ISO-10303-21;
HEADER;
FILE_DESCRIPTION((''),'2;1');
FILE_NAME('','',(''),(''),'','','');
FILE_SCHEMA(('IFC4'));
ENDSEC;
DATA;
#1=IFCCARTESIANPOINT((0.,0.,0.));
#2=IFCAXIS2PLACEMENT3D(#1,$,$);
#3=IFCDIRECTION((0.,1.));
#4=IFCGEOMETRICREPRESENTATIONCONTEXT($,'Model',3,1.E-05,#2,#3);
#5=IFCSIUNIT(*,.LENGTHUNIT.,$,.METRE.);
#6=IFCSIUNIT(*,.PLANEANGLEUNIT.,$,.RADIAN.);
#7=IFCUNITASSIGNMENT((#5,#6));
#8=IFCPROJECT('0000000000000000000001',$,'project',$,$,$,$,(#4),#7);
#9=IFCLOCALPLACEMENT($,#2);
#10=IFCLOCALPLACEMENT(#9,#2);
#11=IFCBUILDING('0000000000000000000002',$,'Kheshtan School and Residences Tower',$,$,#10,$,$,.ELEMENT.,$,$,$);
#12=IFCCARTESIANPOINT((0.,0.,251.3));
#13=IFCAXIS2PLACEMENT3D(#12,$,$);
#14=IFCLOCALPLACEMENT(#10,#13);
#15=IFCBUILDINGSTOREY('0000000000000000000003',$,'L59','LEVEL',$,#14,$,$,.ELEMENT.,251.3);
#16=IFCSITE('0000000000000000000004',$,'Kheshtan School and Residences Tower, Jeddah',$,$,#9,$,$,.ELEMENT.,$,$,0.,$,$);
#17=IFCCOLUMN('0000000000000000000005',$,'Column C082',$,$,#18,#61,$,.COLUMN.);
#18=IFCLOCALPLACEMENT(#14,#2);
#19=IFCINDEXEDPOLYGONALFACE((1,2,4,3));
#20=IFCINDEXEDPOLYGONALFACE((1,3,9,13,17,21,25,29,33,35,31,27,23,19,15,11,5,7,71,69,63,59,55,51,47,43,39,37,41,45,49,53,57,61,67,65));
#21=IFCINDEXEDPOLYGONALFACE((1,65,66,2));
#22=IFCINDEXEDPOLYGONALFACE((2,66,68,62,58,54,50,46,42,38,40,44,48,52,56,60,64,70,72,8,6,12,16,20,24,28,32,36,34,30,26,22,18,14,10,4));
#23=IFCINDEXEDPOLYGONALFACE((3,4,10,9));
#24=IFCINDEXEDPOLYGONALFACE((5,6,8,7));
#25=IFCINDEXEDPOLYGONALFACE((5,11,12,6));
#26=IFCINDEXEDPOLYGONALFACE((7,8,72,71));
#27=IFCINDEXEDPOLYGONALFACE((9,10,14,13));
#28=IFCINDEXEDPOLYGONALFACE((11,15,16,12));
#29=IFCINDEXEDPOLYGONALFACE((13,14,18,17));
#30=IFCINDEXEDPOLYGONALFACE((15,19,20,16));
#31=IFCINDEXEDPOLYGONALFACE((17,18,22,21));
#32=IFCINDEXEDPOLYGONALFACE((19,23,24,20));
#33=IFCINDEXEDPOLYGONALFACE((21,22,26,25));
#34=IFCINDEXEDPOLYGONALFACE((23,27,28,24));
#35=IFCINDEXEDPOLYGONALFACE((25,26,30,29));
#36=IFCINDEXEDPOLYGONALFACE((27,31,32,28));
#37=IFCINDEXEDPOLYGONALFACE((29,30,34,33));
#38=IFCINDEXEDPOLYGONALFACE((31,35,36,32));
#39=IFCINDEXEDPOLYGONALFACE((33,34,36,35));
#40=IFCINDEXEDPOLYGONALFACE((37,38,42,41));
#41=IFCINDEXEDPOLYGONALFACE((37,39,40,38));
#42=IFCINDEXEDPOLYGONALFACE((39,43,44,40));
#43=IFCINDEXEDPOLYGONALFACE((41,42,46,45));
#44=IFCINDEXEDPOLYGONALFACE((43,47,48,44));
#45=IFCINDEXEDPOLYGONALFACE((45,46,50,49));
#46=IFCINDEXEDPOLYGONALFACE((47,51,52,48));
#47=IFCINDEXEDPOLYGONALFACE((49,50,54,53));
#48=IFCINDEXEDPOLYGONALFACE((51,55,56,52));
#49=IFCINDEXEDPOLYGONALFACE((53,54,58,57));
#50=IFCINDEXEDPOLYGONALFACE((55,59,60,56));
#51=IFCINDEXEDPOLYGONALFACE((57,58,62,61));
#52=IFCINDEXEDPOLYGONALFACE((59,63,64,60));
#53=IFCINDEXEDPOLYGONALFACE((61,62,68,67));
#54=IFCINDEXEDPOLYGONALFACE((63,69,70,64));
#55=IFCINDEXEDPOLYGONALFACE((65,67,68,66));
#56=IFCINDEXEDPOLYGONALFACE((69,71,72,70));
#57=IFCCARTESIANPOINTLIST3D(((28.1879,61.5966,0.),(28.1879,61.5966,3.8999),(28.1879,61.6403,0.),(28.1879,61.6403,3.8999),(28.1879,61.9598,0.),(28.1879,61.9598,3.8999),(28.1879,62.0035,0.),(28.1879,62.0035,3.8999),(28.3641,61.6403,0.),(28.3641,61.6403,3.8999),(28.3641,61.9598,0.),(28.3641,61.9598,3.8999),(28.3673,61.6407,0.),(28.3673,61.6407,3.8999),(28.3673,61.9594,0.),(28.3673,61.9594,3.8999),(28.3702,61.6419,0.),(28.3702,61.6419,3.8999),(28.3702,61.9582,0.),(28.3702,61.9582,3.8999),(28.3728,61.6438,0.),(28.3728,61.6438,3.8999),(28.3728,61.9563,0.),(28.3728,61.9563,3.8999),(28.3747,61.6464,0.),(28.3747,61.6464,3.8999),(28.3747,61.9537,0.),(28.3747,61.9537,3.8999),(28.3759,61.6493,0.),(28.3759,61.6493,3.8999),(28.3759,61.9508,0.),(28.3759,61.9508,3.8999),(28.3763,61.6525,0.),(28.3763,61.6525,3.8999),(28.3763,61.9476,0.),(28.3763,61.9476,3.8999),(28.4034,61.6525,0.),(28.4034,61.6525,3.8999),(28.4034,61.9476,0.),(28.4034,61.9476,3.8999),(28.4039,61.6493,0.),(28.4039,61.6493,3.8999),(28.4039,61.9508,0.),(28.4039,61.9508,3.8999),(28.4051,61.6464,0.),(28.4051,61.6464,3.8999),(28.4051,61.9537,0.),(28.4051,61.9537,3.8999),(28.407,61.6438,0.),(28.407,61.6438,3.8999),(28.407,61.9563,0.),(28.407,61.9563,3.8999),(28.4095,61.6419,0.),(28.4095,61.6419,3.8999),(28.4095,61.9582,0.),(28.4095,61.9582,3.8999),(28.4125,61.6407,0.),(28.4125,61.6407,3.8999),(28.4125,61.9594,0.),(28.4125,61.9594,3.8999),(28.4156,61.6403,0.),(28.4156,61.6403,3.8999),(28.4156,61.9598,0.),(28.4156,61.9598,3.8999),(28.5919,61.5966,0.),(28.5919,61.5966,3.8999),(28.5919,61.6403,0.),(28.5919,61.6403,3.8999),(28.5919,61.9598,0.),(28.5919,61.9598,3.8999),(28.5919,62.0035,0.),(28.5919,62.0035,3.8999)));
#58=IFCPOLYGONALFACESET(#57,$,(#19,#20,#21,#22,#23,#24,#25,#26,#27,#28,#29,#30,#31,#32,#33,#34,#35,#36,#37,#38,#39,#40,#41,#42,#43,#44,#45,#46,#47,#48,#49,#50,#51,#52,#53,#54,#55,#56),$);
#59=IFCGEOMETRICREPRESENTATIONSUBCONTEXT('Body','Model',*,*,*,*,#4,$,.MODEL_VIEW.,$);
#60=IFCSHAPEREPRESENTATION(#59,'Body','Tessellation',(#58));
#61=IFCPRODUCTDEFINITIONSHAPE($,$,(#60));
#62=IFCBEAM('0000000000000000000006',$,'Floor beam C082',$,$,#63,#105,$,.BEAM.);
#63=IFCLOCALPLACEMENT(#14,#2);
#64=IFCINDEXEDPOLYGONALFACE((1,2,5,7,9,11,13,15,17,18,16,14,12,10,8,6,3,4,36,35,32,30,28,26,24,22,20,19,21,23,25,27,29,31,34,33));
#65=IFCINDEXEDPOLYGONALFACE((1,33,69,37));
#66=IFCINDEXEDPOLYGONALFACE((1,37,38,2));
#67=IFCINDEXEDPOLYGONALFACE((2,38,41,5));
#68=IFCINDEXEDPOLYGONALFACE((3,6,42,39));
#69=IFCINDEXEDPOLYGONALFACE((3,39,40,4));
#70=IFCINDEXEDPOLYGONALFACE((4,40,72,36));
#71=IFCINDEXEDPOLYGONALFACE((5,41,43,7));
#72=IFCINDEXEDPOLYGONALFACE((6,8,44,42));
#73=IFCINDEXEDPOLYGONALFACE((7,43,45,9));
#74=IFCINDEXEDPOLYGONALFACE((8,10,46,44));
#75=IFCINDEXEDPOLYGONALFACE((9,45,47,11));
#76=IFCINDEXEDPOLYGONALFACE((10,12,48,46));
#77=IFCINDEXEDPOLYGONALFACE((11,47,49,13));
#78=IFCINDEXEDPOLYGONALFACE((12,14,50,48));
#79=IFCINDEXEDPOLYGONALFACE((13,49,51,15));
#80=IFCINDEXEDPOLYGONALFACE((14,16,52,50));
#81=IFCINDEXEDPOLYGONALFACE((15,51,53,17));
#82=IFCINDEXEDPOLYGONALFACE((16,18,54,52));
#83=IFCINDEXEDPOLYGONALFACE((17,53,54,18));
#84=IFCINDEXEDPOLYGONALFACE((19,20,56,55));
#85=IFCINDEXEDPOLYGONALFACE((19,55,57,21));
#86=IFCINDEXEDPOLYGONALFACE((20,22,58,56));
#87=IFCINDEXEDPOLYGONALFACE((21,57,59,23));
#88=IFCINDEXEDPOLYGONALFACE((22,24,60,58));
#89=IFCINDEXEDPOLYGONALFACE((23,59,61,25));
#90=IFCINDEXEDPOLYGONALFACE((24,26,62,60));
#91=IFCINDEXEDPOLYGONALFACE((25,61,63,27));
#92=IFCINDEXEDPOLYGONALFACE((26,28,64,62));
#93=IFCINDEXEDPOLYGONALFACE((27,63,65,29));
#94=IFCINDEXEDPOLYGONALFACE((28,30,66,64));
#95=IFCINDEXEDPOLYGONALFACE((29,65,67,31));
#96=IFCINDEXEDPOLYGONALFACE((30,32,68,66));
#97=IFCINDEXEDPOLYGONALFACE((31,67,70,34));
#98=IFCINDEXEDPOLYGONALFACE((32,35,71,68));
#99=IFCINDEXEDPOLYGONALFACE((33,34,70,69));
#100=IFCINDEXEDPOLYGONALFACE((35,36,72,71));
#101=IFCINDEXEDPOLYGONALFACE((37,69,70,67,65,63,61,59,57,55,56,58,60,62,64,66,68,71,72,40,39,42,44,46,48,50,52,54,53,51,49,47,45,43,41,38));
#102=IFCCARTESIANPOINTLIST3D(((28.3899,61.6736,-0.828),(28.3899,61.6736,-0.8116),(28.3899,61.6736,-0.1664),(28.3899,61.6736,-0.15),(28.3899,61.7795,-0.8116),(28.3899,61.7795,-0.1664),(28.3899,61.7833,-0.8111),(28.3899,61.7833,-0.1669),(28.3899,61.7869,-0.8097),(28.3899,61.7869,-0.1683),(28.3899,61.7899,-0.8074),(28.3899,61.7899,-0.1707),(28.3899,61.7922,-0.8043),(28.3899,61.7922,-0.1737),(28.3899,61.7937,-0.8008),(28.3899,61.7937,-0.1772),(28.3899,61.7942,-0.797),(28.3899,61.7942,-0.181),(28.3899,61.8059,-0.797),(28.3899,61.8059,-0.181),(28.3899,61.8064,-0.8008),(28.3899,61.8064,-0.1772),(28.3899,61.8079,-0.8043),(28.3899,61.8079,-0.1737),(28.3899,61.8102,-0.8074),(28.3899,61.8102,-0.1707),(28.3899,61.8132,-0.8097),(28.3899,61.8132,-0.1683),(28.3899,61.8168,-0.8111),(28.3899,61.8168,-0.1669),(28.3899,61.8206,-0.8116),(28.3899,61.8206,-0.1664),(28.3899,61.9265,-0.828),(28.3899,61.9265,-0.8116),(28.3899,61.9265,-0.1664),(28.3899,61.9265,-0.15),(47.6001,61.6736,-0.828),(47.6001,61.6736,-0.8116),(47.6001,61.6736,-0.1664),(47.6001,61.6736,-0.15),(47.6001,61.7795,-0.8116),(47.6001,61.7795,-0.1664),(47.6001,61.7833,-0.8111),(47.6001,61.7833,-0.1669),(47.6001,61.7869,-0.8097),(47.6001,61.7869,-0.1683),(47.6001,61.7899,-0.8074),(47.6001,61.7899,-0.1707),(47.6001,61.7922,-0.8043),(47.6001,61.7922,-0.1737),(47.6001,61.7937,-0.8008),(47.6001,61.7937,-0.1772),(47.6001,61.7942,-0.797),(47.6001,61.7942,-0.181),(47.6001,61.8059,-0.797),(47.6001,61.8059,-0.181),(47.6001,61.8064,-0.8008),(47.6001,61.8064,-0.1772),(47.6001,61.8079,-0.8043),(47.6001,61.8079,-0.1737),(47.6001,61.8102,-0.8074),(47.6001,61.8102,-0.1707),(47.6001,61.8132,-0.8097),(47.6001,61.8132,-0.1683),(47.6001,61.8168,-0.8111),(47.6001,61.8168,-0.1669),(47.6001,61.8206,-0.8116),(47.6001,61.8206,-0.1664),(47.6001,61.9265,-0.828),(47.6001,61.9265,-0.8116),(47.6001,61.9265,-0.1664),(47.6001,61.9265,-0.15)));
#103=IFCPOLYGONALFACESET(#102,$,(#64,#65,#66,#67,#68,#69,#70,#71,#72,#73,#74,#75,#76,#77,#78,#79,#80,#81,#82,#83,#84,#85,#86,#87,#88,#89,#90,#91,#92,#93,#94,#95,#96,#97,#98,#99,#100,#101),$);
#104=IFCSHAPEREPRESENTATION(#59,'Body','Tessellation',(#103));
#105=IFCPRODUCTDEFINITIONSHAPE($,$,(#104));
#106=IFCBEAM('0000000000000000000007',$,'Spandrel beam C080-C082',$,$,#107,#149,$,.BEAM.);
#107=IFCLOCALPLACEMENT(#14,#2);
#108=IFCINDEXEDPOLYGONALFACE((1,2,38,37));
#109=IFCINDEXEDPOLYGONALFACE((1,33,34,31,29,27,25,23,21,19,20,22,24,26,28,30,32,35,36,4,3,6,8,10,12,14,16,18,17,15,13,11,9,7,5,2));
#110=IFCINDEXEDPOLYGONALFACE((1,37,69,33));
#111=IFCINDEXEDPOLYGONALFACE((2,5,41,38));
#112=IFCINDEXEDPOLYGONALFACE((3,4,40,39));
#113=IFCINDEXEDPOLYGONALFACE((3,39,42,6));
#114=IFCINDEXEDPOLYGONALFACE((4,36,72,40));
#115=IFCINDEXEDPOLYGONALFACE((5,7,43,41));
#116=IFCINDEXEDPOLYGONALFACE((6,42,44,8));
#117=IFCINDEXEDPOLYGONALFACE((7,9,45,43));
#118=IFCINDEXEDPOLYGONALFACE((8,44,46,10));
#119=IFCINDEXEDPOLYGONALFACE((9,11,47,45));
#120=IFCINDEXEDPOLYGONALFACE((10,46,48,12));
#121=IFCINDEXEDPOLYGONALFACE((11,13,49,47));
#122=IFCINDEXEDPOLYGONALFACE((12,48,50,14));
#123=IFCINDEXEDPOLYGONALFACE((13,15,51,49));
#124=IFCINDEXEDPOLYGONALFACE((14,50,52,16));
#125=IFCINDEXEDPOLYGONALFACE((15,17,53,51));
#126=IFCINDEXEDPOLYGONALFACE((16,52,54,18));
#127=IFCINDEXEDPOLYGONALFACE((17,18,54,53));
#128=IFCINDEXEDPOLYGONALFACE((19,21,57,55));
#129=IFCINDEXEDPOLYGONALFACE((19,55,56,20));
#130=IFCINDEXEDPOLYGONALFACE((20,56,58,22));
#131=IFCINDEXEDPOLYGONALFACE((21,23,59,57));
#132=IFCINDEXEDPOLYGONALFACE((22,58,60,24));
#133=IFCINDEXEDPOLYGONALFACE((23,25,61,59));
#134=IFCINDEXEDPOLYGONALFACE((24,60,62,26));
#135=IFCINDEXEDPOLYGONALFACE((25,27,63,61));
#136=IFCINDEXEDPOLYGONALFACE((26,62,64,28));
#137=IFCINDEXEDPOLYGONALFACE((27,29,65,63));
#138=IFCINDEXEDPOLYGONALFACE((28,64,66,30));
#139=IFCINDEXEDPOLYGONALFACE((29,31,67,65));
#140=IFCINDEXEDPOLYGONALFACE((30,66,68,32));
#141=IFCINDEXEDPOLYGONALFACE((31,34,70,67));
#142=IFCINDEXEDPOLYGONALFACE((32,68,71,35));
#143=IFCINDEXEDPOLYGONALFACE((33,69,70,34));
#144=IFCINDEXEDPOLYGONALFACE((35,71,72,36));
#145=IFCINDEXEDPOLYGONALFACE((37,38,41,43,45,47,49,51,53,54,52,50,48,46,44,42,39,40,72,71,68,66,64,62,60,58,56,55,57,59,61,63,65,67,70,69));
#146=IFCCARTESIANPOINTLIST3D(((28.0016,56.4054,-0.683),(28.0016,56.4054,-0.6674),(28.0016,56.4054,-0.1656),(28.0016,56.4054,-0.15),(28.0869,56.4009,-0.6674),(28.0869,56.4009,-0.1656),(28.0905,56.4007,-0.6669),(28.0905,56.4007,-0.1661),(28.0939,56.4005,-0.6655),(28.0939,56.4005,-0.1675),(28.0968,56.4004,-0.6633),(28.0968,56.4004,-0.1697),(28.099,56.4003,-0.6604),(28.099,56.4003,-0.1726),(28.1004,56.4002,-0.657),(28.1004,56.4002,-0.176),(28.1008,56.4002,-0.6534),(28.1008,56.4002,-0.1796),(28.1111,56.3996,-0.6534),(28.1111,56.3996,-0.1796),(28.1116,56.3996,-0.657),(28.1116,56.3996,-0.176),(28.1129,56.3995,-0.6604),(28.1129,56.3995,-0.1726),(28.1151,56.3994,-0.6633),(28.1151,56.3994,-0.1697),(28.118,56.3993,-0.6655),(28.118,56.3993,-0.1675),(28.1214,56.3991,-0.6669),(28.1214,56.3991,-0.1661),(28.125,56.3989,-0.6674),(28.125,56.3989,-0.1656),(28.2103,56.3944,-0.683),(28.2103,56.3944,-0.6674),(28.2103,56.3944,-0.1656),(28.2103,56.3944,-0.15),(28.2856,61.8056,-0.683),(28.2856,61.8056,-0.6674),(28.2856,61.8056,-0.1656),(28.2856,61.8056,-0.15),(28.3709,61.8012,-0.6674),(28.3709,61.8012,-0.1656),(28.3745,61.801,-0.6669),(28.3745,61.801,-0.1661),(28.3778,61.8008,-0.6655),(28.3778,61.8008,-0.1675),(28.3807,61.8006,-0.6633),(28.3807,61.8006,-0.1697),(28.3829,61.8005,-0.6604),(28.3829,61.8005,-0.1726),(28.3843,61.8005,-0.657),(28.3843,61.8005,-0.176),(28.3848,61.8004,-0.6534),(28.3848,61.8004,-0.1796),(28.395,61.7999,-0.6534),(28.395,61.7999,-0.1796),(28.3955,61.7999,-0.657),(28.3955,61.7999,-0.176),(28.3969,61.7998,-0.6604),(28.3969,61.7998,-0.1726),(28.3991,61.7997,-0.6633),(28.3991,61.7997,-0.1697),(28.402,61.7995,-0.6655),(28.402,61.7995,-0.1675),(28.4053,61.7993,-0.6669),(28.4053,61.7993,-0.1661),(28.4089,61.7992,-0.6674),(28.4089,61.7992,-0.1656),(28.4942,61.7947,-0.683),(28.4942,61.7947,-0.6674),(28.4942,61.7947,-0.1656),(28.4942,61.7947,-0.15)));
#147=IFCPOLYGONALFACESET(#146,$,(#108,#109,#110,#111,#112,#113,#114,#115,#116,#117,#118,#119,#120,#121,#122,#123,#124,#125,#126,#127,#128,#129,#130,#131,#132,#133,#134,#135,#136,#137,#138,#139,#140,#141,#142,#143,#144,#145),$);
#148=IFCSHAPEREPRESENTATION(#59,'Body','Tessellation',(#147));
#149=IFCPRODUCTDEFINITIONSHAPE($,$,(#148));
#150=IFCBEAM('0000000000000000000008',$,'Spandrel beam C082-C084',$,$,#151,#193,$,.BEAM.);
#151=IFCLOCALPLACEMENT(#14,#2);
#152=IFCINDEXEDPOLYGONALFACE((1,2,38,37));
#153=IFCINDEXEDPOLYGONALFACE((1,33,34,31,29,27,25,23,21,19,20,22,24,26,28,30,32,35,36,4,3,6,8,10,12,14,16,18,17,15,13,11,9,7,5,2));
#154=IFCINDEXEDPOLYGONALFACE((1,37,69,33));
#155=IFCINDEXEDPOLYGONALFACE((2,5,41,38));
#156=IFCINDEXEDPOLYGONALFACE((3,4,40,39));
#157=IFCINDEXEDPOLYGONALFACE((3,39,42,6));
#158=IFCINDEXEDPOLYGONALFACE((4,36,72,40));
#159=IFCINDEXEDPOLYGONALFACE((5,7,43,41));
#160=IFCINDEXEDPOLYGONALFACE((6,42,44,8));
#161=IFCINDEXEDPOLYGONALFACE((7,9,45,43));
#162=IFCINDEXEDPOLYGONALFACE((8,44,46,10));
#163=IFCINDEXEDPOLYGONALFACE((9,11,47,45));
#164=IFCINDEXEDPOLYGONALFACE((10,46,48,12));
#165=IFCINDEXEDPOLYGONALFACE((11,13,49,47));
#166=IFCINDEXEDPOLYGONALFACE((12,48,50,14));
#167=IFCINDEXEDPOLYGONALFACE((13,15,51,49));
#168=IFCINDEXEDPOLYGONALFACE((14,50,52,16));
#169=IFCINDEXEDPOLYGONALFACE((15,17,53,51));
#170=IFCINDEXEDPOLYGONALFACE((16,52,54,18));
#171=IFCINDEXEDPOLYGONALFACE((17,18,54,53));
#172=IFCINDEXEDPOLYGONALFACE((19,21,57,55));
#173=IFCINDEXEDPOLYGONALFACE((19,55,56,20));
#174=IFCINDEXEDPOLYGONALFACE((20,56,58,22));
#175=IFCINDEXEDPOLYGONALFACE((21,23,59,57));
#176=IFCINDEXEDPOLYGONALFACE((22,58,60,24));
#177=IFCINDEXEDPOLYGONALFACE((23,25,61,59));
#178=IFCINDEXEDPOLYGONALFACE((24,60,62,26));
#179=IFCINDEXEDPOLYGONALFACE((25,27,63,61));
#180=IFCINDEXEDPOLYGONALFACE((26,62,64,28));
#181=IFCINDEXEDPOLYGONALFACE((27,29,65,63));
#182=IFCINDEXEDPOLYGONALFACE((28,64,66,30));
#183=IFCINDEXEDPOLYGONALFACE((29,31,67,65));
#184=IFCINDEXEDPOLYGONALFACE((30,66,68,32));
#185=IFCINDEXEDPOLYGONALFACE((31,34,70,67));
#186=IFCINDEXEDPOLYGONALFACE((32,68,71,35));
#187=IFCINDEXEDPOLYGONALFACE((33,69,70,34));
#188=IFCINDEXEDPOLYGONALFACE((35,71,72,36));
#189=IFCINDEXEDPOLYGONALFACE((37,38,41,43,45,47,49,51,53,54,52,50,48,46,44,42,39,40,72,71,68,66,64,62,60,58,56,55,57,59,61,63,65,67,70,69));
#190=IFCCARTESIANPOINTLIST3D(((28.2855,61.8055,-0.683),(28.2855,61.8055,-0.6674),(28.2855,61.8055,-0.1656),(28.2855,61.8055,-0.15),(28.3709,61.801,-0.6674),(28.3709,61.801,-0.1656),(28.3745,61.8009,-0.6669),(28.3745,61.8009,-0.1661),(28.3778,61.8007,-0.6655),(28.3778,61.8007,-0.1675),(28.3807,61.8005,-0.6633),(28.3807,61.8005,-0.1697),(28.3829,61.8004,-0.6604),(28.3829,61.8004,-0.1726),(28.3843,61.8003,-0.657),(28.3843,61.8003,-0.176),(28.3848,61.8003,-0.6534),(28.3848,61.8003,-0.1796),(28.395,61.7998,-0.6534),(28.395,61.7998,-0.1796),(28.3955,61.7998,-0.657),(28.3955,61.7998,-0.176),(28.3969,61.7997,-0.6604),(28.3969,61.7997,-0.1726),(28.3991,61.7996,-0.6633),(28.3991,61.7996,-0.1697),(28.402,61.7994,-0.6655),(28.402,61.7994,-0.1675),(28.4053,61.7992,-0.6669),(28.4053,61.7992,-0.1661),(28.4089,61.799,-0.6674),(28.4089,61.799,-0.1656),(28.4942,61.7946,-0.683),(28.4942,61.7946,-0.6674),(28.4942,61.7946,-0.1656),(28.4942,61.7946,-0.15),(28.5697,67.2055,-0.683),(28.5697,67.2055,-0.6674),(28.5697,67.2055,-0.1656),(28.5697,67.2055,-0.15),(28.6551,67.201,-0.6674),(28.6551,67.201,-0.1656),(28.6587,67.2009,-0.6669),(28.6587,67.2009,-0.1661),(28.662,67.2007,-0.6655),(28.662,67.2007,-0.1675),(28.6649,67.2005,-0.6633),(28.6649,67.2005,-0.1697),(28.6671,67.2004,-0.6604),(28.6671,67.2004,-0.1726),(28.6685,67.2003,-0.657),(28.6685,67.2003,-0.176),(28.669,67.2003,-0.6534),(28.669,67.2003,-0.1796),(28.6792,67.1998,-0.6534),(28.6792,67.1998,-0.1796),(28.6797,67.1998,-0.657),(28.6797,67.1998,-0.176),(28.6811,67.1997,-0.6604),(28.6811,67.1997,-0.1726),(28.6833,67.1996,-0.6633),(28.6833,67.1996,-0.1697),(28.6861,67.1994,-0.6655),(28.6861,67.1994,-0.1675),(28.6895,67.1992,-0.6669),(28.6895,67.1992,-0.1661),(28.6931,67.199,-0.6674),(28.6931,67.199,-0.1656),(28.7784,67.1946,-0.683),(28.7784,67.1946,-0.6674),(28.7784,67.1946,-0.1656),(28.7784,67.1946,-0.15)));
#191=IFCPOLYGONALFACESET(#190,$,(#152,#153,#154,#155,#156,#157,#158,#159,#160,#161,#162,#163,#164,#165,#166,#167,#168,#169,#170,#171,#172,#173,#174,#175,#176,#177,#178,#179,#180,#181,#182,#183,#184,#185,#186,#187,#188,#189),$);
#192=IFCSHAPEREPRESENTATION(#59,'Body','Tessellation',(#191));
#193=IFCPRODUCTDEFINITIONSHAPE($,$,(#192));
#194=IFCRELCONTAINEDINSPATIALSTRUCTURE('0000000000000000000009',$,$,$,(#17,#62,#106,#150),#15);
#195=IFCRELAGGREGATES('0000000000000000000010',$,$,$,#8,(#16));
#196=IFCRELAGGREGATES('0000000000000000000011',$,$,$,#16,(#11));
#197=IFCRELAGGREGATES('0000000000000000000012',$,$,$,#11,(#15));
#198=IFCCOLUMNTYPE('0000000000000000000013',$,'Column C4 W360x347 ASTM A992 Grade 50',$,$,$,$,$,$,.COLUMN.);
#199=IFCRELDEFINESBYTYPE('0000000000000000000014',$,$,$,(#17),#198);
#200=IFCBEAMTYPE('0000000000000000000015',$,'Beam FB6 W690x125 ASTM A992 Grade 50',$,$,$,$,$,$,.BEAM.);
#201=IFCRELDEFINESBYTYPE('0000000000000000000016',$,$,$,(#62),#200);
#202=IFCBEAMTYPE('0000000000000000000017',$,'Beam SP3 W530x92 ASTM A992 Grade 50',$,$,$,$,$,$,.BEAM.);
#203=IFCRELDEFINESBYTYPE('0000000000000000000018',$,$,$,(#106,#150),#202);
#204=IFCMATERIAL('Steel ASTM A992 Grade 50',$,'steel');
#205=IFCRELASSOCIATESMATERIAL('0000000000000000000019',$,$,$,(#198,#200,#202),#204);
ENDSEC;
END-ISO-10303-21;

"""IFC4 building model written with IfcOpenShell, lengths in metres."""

from ifc_helpers import new_model, si_unit, direction, frame, origin, origin_2d, place, context, subcontext, project, spatial, i_section, extrude, material, material_profile, profile_set, type_object, element, save


model = new_model("IFC4")

# Units and contexts
model_context = context("Model", 3, precision=1e-05, world=origin(), true_north=direction((0.0, 1.0)))
body_context = subcontext(model_context, "Body", "Model", "MODEL_VIEW")
ifc_project = project(units=[si_unit("LENGTHUNIT", "METRE"), si_unit("PLANEANGLEUNIT", "RADIAN")], contexts=[model_context])

# Site, building, storey
site_placement = place(None, origin())
site = spatial("IfcSite", under=ifc_project, at=site_placement, Name="Kheshtan School and Residences Tower, Jeddah", CompositionType="ELEMENT", RefElevation=0.0)
building_placement = place(site_placement, origin())
building = spatial("IfcBuilding", under=site, at=building_placement, Name="Kheshtan School and Residences Tower", CompositionType="ELEMENT")
storey_placement = place(building_placement, frame((0.0, 0.0, 251.3)))
storey = spatial("IfcBuildingStorey", under=building, at=storey_placement, Name="L59", Description="LEVEL", CompositionType="ELEMENT", Elevation=251.3)

# Column
ifc_material_1 = material(Name="Steel ASTM A992 Grade 50", Category="steel")
ifc_material_profile_1 = material_profile(ifc_material_1, i_section(OverallWidth=0.4041, OverallDepth=0.407, WebThickness=0.0271, FlangeThickness=0.0437, FilletRadius=0.0122, at=origin_2d()), Name="W360x347")
ifc_profile_set_1 = profile_set([ifc_material_profile_1], Name="Steel ASTM A992 Grade 50")
column_type = type_object("IfcColumnType", Name="Column C4 W360x347 ASTM A992 Grade 50", PredefinedType="COLUMN", material=ifc_profile_set_1)
column_placement = place(storey_placement, frame((28.3899, 61.8, 0.0), z_axis=(0.0, 0.0, 1.0), x_axis=(1.0, 0.0, 0.0)))
element("IfcColumn", 1, at=column_placement, inside=storey, type_object=column_type, Name="Column C082", PredefinedType="COLUMN", context=body_context, shape_type="SweptSolid", body=[
    extrude(i_section(OverallWidth=0.4041, OverallDepth=0.407, WebThickness=0.0271, FlangeThickness=0.0437, FilletRadius=0.0122, at=origin_2d()), origin(), (0.0, 0.0, 1.0), 3.8999),
])

# Beams
ifc_material_profile_2 = material_profile(ifc_material_1, i_section(OverallWidth=0.2529, OverallDepth=0.678, WebThickness=0.0117, FlangeThickness=0.0164, FilletRadius=0.0146, at=origin_2d()), Name="W690x125")
ifc_profile_set_2 = profile_set([ifc_material_profile_2], Name="Steel ASTM A992 Grade 50")
beam_type_1 = type_object("IfcBeamType", Name="Beam FB6 W690x125 ASTM A992 Grade 50", PredefinedType="BEAM", material=ifc_profile_set_2)
beam_1_placement = place(storey_placement, frame((28.3899, 61.8, -0.489), z_axis=(1.0, 0.0, 0.0), x_axis=(0.0, 1.0, 0.0)))
element("IfcBeam", 2, at=beam_1_placement, inside=storey, type_object=beam_type_1, Name="Floor beam C082", PredefinedType="BEAM", context=body_context, shape_type="SweptSolid", body=[
    extrude(i_section(OverallWidth=0.2529, OverallDepth=0.678, WebThickness=0.0117, FlangeThickness=0.0164, FilletRadius=0.0146, at=origin_2d()), origin(), (0.0, 0.0, 1.0), 19.2102),
])
ifc_material_profile_3 = material_profile(ifc_material_1, i_section(OverallWidth=0.209, OverallDepth=0.533, WebThickness=0.0103, FlangeThickness=0.0156, FilletRadius=0.0139, at=origin_2d()), Name="W530x92")
ifc_profile_set_3 = profile_set([ifc_material_profile_3], Name="Steel ASTM A992 Grade 50")
beam_type_2 = type_object("IfcBeamType", Name="Beam SP3 W530x92 ASTM A992 Grade 50", PredefinedType="BEAM", material=ifc_profile_set_3)
beam_2_placement = place(storey_placement, frame((28.106, 56.3999, -0.4165), z_axis=(0.052507, 0.998621, 0.0), x_axis=(-0.998621, 0.052507, 0.0)))
element("IfcBeam", 3, at=beam_2_placement, inside=storey, type_object=beam_type_2, Name="Spandrel beam C080-C082", PredefinedType="BEAM", context=body_context, shape_type="SweptSolid", body=[
    extrude(i_section(OverallWidth=0.209, OverallDepth=0.533, WebThickness=0.0103, FlangeThickness=0.0156, FilletRadius=0.0139, at=origin_2d()), origin(), (0.0, 0.0, 1.0), 5.4077),
])
beam_3_placement = place(storey_placement, frame((28.3899, 61.8, -0.4165), z_axis=(0.052554, 0.998618, 0.0), x_axis=(-0.998618, 0.052554, 0.0)))
element("IfcBeam", 4, at=beam_3_placement, inside=storey, type_object=beam_type_2, Name="Spandrel beam C082-C084", PredefinedType="BEAM", context=body_context, shape_type="SweptSolid", body=[
    extrude(i_section(OverallWidth=0.209, OverallDepth=0.533, WebThickness=0.0103, FlangeThickness=0.0156, FilletRadius=0.0139, at=origin_2d()), origin(), (0.0, 0.0, 1.0), 5.4075),
])

save(model, "model.ifc")
